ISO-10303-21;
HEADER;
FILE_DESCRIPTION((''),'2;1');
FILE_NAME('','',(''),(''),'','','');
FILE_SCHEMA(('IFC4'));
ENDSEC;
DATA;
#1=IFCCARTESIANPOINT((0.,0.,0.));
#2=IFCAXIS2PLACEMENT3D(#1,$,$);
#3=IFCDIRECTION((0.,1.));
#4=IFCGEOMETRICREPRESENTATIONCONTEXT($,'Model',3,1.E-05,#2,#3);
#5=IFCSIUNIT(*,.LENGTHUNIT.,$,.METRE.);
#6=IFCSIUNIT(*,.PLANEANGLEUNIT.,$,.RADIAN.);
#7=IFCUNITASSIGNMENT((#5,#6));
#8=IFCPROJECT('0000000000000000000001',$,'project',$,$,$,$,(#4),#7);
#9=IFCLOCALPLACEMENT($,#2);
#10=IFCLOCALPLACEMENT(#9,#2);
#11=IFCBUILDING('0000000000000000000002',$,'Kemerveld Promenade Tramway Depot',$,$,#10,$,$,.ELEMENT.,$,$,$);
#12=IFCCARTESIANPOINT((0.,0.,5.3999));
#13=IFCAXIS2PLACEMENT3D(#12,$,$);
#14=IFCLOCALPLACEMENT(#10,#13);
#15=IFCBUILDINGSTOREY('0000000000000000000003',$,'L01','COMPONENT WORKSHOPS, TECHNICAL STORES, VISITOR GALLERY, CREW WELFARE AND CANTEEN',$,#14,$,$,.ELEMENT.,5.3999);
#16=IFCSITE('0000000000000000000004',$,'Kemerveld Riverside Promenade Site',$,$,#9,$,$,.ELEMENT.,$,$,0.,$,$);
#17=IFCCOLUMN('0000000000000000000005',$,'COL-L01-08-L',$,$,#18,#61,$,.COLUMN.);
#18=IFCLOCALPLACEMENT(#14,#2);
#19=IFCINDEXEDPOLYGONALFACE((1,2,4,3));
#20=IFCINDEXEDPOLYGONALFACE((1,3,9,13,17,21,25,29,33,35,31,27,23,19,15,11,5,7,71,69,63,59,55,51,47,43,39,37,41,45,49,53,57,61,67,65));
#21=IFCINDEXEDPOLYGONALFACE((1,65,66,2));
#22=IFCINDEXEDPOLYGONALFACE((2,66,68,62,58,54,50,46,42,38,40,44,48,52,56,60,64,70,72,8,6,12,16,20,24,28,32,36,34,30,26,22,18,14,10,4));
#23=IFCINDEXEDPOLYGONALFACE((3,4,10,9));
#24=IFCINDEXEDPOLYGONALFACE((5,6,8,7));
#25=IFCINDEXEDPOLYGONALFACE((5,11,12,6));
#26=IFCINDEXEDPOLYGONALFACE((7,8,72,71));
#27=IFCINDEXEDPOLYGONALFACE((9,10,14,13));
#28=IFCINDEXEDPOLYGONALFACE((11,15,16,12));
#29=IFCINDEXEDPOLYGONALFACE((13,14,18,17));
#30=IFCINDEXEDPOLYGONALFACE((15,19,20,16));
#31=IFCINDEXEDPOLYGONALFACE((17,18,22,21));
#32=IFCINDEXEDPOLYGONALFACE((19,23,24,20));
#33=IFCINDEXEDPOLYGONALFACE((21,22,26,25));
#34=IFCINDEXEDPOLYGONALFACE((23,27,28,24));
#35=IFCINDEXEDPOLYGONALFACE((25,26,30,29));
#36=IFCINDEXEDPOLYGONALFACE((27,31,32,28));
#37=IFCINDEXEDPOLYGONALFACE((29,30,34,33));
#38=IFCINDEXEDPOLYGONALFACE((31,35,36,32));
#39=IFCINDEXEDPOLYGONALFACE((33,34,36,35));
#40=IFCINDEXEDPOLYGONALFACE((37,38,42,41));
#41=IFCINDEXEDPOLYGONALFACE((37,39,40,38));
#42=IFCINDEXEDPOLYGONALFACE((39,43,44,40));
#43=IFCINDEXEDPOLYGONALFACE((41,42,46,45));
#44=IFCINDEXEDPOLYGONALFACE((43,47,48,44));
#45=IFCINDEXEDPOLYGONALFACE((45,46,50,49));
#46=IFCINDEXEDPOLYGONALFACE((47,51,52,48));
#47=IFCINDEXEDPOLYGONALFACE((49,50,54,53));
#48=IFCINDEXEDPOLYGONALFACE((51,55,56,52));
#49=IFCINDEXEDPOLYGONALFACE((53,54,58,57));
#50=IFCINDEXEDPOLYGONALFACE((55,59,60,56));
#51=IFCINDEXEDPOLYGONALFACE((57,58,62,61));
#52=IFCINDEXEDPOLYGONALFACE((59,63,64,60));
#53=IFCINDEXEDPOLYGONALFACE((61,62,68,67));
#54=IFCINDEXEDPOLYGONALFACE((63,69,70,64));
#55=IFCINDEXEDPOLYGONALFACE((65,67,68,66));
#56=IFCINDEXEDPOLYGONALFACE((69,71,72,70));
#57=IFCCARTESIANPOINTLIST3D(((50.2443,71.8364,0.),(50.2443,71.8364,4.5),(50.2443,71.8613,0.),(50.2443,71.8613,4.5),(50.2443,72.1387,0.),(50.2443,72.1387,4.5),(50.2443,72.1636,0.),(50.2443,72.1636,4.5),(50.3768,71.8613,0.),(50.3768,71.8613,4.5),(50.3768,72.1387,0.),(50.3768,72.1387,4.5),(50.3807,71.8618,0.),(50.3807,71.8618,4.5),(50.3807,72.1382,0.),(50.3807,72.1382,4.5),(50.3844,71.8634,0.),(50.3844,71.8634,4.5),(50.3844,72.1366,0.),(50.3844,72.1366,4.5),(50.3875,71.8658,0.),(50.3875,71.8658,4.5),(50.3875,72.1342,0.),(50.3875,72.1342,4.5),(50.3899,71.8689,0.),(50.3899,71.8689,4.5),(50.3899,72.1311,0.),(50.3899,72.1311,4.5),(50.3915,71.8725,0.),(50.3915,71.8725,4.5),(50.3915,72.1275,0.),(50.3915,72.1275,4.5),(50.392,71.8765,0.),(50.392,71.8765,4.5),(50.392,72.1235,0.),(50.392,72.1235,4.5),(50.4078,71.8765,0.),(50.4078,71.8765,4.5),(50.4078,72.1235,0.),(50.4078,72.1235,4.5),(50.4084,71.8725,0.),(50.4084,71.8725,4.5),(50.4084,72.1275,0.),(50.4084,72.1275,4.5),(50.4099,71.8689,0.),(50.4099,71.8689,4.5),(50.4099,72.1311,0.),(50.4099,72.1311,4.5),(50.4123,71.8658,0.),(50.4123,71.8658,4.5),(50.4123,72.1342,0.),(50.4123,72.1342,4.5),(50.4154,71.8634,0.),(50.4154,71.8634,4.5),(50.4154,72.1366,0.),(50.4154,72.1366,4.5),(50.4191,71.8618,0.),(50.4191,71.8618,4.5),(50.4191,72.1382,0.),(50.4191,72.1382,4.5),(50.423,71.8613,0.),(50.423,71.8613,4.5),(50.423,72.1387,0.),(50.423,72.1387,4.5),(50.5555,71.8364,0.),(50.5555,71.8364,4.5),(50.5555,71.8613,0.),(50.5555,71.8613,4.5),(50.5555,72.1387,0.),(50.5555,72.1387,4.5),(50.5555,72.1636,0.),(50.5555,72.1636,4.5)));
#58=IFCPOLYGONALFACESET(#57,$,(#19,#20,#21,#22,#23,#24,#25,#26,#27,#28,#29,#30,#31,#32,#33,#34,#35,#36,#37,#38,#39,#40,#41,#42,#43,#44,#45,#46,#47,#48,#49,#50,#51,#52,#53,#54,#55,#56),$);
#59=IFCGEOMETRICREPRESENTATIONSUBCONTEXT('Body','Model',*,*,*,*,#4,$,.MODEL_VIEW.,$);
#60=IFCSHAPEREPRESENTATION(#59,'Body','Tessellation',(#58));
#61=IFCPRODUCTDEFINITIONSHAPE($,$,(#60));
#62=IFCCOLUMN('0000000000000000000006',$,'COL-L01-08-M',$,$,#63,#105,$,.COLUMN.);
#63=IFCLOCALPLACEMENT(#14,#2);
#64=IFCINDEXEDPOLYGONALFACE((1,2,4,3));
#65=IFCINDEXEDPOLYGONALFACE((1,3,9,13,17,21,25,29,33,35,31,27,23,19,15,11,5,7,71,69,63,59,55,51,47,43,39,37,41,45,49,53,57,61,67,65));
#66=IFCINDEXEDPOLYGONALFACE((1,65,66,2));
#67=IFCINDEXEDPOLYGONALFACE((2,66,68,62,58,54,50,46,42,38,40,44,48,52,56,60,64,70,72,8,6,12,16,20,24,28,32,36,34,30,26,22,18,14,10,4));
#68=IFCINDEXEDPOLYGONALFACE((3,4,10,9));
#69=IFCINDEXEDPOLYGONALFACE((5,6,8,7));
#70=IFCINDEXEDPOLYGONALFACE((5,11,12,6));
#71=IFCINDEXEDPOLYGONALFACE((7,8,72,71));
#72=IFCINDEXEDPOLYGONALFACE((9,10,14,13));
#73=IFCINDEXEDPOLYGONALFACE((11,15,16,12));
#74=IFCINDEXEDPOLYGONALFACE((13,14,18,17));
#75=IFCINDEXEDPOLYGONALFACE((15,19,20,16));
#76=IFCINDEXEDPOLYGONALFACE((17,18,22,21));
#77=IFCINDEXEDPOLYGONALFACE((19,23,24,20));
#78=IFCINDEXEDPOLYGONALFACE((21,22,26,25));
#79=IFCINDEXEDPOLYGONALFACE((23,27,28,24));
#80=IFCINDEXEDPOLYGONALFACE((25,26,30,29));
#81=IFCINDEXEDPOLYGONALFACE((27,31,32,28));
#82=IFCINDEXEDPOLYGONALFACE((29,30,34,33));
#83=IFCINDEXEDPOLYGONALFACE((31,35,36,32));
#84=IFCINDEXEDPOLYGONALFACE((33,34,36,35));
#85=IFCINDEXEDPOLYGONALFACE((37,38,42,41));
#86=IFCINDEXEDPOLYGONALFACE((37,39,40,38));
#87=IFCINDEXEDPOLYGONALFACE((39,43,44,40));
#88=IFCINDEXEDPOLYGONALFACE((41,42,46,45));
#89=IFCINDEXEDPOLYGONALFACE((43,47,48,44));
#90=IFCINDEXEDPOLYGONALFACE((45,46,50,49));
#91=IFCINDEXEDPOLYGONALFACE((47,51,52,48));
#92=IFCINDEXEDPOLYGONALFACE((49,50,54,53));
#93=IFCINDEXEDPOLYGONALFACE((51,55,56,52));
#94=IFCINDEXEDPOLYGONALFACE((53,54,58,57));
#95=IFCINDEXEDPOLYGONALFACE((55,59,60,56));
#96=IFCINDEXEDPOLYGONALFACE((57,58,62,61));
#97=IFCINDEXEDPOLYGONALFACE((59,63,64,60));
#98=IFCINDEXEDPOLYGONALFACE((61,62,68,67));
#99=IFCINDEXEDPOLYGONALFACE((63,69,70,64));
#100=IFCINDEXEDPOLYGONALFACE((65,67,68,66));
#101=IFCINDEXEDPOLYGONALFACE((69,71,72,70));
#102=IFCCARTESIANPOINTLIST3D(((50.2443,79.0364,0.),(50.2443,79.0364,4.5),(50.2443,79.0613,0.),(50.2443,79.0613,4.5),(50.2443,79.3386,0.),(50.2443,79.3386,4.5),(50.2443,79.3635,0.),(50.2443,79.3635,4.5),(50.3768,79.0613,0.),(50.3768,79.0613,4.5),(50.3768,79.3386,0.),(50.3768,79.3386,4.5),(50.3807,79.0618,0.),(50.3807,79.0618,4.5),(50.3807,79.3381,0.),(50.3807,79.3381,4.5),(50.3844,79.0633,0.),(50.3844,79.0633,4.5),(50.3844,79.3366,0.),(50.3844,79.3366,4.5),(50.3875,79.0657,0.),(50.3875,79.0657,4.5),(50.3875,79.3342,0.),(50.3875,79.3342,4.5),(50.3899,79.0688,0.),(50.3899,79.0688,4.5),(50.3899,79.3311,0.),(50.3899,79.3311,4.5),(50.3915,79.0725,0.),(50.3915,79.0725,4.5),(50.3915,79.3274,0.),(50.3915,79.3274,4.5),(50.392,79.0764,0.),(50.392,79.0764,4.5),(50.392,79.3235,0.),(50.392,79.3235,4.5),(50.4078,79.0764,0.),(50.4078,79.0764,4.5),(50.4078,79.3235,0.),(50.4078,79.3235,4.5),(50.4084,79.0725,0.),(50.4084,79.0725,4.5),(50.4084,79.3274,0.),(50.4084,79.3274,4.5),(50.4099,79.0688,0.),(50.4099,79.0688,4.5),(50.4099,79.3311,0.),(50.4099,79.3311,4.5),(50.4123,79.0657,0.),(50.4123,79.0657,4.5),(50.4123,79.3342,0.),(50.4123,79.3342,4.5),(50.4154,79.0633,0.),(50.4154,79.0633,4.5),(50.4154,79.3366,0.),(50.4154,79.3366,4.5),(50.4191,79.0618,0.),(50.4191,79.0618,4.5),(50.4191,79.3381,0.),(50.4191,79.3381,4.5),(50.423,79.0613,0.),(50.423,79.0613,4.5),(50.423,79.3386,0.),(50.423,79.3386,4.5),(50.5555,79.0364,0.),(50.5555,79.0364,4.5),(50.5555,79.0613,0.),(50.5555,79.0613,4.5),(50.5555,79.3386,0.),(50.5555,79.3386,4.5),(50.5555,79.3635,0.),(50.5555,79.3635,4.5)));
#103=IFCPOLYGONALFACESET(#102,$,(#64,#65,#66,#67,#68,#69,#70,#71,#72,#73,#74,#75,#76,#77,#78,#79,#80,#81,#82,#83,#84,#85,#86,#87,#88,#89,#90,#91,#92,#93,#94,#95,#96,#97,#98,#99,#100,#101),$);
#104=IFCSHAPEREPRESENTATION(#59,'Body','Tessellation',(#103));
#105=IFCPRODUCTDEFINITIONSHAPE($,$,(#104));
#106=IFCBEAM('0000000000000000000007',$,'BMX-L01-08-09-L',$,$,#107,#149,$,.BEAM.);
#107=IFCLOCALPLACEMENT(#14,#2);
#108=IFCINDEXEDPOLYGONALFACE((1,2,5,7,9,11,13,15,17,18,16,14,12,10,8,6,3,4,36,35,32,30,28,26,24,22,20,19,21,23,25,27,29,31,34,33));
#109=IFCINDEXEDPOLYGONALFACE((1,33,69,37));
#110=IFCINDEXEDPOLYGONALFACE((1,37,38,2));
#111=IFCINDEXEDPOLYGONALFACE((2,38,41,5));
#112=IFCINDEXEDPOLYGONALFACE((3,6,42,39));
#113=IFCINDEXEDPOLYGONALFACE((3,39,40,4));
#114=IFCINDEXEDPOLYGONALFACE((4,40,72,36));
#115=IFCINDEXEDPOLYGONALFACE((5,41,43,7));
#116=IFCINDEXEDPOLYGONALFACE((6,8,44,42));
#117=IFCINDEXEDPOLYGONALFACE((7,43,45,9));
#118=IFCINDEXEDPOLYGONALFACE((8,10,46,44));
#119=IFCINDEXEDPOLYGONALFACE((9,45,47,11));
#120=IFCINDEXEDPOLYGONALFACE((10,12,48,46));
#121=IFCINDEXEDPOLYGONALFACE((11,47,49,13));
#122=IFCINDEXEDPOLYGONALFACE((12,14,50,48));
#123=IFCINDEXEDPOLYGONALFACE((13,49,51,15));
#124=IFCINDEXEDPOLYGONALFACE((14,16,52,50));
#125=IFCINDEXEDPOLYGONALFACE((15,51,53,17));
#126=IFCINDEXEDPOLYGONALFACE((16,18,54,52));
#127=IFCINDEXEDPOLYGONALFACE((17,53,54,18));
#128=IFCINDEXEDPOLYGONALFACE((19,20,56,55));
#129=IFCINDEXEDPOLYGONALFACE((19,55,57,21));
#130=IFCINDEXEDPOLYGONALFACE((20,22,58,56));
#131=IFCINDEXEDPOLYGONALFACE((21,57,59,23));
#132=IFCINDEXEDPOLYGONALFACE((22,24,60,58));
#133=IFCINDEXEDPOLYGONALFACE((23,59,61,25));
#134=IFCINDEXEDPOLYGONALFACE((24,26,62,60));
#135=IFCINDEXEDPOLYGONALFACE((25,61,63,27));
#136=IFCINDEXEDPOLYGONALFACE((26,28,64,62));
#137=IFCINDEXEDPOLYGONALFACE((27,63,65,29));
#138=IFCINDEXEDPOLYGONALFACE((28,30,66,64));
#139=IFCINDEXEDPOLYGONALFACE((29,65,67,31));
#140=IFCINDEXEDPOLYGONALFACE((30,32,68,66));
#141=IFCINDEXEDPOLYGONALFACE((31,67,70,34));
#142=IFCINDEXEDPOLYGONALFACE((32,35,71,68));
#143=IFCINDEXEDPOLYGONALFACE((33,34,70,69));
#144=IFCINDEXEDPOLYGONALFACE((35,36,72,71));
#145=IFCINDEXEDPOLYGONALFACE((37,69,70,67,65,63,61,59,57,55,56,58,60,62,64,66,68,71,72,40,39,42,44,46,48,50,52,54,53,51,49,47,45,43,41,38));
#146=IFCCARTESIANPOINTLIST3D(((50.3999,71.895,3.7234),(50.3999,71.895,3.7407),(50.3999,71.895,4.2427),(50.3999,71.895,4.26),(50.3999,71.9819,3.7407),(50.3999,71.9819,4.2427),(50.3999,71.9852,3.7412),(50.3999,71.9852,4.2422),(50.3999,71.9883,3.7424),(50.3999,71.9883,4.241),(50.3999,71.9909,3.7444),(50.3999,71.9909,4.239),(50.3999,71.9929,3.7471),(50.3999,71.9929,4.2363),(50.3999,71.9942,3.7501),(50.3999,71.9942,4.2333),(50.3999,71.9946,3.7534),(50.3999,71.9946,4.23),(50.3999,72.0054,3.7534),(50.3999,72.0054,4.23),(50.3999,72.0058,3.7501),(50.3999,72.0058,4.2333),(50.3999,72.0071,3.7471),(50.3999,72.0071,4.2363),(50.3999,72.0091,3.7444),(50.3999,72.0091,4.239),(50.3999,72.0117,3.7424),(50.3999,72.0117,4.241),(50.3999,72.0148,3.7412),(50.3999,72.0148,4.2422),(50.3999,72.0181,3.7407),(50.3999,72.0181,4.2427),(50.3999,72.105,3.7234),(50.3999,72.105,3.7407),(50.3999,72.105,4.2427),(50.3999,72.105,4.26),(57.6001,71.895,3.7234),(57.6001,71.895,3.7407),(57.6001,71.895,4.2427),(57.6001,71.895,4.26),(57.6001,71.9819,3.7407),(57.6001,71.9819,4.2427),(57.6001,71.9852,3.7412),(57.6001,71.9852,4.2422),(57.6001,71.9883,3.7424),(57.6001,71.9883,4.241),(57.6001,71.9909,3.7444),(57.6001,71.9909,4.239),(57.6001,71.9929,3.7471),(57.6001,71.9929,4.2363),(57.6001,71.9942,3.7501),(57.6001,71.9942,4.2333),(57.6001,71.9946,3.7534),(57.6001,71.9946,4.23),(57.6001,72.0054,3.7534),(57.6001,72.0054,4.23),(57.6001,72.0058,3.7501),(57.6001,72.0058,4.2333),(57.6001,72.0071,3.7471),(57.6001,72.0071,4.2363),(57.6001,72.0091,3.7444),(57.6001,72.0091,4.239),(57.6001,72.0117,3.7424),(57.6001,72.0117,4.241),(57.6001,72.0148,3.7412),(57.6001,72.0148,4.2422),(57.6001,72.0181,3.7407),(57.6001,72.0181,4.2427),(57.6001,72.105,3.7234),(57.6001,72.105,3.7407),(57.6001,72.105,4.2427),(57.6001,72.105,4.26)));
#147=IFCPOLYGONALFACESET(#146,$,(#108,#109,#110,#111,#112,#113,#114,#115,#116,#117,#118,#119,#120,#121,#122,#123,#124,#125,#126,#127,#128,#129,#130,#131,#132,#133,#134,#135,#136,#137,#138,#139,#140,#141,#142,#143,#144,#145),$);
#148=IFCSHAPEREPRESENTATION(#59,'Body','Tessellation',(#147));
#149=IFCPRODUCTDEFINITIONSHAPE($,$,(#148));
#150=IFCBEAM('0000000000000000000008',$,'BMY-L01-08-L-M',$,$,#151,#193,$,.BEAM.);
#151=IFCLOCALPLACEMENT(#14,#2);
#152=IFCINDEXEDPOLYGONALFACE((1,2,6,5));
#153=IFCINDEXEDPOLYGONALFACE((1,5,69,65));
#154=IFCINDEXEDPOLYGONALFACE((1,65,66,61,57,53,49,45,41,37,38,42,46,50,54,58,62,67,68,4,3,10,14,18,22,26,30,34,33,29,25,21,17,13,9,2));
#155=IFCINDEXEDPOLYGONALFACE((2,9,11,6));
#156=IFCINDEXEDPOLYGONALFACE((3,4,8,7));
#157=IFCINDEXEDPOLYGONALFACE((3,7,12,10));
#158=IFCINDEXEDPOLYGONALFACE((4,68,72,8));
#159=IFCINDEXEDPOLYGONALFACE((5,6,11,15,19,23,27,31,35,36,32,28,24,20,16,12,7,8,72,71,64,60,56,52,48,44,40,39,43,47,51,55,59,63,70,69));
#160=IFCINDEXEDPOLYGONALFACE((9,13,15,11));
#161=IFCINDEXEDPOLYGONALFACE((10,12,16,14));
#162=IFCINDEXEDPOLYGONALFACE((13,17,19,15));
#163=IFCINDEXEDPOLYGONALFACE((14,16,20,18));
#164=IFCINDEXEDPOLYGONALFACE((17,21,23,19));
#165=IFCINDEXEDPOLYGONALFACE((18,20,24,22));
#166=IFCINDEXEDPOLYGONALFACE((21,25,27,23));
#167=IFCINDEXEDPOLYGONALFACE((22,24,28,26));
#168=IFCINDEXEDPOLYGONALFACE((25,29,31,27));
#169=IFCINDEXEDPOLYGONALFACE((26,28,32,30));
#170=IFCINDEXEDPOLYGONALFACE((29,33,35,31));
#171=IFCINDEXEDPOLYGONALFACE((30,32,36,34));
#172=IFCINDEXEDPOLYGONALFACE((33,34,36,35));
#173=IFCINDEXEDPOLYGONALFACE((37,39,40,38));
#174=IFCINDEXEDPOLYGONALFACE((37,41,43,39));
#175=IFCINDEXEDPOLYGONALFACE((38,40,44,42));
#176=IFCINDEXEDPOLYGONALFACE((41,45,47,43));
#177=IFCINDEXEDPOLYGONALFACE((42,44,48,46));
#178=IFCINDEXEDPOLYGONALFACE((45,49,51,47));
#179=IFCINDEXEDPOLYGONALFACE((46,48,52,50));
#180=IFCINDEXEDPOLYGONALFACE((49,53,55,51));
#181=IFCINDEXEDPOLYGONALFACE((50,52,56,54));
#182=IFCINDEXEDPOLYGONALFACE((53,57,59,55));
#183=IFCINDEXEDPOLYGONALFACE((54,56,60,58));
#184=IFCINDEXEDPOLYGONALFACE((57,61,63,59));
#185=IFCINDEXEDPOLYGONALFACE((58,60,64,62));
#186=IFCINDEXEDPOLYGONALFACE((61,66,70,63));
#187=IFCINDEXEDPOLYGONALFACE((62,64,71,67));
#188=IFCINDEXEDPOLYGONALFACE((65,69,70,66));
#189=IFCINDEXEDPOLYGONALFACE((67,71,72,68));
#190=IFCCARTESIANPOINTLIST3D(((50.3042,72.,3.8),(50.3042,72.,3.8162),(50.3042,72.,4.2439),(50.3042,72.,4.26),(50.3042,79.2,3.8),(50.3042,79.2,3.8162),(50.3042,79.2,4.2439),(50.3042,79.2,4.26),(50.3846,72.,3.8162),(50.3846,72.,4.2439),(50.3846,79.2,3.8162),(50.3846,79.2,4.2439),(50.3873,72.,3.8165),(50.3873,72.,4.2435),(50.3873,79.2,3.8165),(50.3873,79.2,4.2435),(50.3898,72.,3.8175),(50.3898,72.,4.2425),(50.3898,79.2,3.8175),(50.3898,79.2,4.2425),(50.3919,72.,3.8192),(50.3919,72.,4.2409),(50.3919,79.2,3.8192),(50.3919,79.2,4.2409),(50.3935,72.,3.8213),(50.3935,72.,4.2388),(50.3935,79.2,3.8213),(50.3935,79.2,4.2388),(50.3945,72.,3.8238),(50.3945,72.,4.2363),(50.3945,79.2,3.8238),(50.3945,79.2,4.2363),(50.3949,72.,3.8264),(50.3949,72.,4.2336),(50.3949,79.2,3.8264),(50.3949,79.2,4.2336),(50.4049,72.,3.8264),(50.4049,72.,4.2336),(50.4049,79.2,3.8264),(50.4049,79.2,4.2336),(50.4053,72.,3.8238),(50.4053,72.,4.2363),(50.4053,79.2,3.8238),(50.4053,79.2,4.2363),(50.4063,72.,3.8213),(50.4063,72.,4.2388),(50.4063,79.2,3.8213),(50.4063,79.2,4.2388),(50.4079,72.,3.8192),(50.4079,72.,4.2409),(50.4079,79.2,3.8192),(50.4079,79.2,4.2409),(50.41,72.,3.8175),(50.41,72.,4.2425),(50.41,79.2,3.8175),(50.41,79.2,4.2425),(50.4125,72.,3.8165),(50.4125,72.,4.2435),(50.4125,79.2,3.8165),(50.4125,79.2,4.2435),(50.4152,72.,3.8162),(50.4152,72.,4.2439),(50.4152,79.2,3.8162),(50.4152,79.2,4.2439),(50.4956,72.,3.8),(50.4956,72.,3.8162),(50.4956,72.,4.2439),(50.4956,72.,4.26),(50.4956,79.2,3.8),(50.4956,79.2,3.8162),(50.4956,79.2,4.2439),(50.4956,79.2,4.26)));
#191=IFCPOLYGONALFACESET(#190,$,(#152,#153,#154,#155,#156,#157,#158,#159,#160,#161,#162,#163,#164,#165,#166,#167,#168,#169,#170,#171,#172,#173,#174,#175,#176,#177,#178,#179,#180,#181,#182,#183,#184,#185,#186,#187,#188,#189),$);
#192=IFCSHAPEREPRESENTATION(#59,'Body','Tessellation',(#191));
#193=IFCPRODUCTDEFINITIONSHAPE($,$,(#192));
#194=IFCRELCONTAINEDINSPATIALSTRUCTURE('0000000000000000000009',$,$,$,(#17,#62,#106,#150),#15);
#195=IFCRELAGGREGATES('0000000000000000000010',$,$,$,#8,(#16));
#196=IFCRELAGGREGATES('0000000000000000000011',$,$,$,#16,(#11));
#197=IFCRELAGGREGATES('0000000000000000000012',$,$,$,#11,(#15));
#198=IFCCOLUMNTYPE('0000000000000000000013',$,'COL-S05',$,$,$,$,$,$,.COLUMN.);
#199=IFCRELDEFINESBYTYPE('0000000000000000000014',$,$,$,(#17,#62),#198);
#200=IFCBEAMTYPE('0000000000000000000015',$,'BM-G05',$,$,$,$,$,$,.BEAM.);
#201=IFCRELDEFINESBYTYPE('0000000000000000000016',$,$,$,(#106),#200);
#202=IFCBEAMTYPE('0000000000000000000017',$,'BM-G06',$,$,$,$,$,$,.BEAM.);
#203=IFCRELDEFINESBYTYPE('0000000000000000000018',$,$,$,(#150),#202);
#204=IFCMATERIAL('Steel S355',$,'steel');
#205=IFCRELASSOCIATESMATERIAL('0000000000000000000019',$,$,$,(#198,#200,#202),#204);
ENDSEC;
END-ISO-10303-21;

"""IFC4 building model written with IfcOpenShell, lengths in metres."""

from ifc_helpers import new_model, si_unit, direction, frame, origin, origin_2d, place, context, subcontext, project, spatial, i_section, extrude, material, material_profile, profile_set, type_object, element, save


model = new_model("IFC4")

# Units and contexts
model_context = context("Model", 3, precision=1e-05, world=origin(), true_north=direction((0.0, 1.0)))
body_context = subcontext(model_context, "Body", "Model", "MODEL_VIEW")
ifc_project = project(units=[si_unit("LENGTHUNIT", "METRE"), si_unit("PLANEANGLEUNIT", "RADIAN")], contexts=[model_context])

# Site, building, storey
site_placement = place(None, origin())
site = spatial("IfcSite", under=ifc_project, at=site_placement, Name="Kemerveld Riverside Promenade Site", CompositionType="ELEMENT", RefElevation=0.0)
building_placement = place(site_placement, origin())
building = spatial("IfcBuilding", under=site, at=building_placement, Name="Kemerveld Promenade Tramway Depot", CompositionType="ELEMENT")
storey_placement = place(building_placement, frame((0.0, 0.0, 5.3999)))
storey = spatial("IfcBuildingStorey", under=building, at=storey_placement, Name="L01", Description="COMPONENT WORKSHOPS, TECHNICAL STORES, VISITOR GALLERY, CREW WELFARE AND CANTEEN", CompositionType="ELEMENT", Elevation=5.3999)

# Columns
ifc_material_1 = material(Name="Steel S355", Category="steel")
ifc_material_profile_1 = material_profile(ifc_material_1, i_section(OverallWidth=0.3113, OverallDepth=0.3271, WebThickness=0.0159, FlangeThickness=0.0249, FilletRadius=0.0151, at=origin_2d()), Name="305x305x158 UC")
ifc_profile_set_1 = profile_set([ifc_material_profile_1], Name="Steel S355")
column_type = type_object("IfcColumnType", Name="COL-S05", PredefinedType="COLUMN", material=ifc_profile_set_1)
for number, where, z_axis, x_axis, name in (
    (1, (50.3999, 72.0, 0.0), (0.0, 0.0, 1.0), (1.0, 0.0, 0.0), "COL-L01-08-L"),
    (2, (50.3999, 79.2, 0.0), (0.0, 0.0, 1.0), (1.0, 0.0, 0.0), "COL-L01-08-M"),
):
    element("IfcColumn", number, at=place(storey_placement, frame(where, z_axis=z_axis, x_axis=x_axis)), inside=storey, type_object=column_type, Name=name, PredefinedType="COLUMN", context=body_context, shape_type="SweptSolid", body=[
        extrude(i_section(OverallWidth=0.3113, OverallDepth=0.3271, WebThickness=0.0159, FlangeThickness=0.0249, FilletRadius=0.0151, at=origin_2d()), origin(), (0.0, 0.0, 1.0), 4.5),
    ])

# Beams
ifc_material_profile_2 = material_profile(ifc_material_1, i_section(OverallWidth=0.21, OverallDepth=0.5366, WebThickness=0.0107, FlangeThickness=0.0173, FilletRadius=0.0127, at=origin_2d()), Name="533x210x101 UB")
ifc_profile_set_2 = profile_set([ifc_material_profile_2], Name="Steel S355")
beam_type_1 = type_object("IfcBeamType", Name="BM-G05", PredefinedType="BEAM", material=ifc_profile_set_2)
beam_1_placement = place(storey_placement, frame((50.3999, 72.0, 3.9917), z_axis=(1.0, 0.0, 0.0), x_axis=(0.0, 1.0, 0.0)))
element("IfcBeam", 3, at=beam_1_placement, inside=storey, type_object=beam_type_1, Name="BMX-L01-08-09-L", PredefinedType="BEAM", context=body_context, shape_type="SweptSolid", body=[
    extrude(i_section(OverallWidth=0.21, OverallDepth=0.5366, WebThickness=0.0107, FlangeThickness=0.0173, FilletRadius=0.0127, at=origin_2d()), origin(), (0.0, 0.0, 1.0), 7.2002),
])
ifc_material_profile_3 = material_profile(ifc_material_1, i_section(OverallWidth=0.1914, OverallDepth=0.46, WebThickness=0.01, FlangeThickness=0.0161, FilletRadius=0.0103, at=origin_2d()), Name="457x191x82 UB")
ifc_profile_set_3 = profile_set([ifc_material_profile_3], Name="Steel S355")
beam_type_2 = type_object("IfcBeamType", Name="BM-G06", PredefinedType="BEAM", material=ifc_profile_set_3)
beam_2_placement = place(storey_placement, frame((50.3999, 72.0, 4.03), z_axis=(0.0, 1.0, 0.0), x_axis=(-1.0, 0.0, 0.0)))
element("IfcBeam", 4, at=beam_2_placement, inside=storey, type_object=beam_type_2, Name="BMY-L01-08-L-M", PredefinedType="BEAM", context=body_context, shape_type="SweptSolid", body=[
    extrude(i_section(OverallWidth=0.1914, OverallDepth=0.46, WebThickness=0.01, FlangeThickness=0.0161, FilletRadius=0.0103, at=origin_2d()), origin(), (0.0, 0.0, 1.0), 7.2),
])

save(model, "model.ifc")
